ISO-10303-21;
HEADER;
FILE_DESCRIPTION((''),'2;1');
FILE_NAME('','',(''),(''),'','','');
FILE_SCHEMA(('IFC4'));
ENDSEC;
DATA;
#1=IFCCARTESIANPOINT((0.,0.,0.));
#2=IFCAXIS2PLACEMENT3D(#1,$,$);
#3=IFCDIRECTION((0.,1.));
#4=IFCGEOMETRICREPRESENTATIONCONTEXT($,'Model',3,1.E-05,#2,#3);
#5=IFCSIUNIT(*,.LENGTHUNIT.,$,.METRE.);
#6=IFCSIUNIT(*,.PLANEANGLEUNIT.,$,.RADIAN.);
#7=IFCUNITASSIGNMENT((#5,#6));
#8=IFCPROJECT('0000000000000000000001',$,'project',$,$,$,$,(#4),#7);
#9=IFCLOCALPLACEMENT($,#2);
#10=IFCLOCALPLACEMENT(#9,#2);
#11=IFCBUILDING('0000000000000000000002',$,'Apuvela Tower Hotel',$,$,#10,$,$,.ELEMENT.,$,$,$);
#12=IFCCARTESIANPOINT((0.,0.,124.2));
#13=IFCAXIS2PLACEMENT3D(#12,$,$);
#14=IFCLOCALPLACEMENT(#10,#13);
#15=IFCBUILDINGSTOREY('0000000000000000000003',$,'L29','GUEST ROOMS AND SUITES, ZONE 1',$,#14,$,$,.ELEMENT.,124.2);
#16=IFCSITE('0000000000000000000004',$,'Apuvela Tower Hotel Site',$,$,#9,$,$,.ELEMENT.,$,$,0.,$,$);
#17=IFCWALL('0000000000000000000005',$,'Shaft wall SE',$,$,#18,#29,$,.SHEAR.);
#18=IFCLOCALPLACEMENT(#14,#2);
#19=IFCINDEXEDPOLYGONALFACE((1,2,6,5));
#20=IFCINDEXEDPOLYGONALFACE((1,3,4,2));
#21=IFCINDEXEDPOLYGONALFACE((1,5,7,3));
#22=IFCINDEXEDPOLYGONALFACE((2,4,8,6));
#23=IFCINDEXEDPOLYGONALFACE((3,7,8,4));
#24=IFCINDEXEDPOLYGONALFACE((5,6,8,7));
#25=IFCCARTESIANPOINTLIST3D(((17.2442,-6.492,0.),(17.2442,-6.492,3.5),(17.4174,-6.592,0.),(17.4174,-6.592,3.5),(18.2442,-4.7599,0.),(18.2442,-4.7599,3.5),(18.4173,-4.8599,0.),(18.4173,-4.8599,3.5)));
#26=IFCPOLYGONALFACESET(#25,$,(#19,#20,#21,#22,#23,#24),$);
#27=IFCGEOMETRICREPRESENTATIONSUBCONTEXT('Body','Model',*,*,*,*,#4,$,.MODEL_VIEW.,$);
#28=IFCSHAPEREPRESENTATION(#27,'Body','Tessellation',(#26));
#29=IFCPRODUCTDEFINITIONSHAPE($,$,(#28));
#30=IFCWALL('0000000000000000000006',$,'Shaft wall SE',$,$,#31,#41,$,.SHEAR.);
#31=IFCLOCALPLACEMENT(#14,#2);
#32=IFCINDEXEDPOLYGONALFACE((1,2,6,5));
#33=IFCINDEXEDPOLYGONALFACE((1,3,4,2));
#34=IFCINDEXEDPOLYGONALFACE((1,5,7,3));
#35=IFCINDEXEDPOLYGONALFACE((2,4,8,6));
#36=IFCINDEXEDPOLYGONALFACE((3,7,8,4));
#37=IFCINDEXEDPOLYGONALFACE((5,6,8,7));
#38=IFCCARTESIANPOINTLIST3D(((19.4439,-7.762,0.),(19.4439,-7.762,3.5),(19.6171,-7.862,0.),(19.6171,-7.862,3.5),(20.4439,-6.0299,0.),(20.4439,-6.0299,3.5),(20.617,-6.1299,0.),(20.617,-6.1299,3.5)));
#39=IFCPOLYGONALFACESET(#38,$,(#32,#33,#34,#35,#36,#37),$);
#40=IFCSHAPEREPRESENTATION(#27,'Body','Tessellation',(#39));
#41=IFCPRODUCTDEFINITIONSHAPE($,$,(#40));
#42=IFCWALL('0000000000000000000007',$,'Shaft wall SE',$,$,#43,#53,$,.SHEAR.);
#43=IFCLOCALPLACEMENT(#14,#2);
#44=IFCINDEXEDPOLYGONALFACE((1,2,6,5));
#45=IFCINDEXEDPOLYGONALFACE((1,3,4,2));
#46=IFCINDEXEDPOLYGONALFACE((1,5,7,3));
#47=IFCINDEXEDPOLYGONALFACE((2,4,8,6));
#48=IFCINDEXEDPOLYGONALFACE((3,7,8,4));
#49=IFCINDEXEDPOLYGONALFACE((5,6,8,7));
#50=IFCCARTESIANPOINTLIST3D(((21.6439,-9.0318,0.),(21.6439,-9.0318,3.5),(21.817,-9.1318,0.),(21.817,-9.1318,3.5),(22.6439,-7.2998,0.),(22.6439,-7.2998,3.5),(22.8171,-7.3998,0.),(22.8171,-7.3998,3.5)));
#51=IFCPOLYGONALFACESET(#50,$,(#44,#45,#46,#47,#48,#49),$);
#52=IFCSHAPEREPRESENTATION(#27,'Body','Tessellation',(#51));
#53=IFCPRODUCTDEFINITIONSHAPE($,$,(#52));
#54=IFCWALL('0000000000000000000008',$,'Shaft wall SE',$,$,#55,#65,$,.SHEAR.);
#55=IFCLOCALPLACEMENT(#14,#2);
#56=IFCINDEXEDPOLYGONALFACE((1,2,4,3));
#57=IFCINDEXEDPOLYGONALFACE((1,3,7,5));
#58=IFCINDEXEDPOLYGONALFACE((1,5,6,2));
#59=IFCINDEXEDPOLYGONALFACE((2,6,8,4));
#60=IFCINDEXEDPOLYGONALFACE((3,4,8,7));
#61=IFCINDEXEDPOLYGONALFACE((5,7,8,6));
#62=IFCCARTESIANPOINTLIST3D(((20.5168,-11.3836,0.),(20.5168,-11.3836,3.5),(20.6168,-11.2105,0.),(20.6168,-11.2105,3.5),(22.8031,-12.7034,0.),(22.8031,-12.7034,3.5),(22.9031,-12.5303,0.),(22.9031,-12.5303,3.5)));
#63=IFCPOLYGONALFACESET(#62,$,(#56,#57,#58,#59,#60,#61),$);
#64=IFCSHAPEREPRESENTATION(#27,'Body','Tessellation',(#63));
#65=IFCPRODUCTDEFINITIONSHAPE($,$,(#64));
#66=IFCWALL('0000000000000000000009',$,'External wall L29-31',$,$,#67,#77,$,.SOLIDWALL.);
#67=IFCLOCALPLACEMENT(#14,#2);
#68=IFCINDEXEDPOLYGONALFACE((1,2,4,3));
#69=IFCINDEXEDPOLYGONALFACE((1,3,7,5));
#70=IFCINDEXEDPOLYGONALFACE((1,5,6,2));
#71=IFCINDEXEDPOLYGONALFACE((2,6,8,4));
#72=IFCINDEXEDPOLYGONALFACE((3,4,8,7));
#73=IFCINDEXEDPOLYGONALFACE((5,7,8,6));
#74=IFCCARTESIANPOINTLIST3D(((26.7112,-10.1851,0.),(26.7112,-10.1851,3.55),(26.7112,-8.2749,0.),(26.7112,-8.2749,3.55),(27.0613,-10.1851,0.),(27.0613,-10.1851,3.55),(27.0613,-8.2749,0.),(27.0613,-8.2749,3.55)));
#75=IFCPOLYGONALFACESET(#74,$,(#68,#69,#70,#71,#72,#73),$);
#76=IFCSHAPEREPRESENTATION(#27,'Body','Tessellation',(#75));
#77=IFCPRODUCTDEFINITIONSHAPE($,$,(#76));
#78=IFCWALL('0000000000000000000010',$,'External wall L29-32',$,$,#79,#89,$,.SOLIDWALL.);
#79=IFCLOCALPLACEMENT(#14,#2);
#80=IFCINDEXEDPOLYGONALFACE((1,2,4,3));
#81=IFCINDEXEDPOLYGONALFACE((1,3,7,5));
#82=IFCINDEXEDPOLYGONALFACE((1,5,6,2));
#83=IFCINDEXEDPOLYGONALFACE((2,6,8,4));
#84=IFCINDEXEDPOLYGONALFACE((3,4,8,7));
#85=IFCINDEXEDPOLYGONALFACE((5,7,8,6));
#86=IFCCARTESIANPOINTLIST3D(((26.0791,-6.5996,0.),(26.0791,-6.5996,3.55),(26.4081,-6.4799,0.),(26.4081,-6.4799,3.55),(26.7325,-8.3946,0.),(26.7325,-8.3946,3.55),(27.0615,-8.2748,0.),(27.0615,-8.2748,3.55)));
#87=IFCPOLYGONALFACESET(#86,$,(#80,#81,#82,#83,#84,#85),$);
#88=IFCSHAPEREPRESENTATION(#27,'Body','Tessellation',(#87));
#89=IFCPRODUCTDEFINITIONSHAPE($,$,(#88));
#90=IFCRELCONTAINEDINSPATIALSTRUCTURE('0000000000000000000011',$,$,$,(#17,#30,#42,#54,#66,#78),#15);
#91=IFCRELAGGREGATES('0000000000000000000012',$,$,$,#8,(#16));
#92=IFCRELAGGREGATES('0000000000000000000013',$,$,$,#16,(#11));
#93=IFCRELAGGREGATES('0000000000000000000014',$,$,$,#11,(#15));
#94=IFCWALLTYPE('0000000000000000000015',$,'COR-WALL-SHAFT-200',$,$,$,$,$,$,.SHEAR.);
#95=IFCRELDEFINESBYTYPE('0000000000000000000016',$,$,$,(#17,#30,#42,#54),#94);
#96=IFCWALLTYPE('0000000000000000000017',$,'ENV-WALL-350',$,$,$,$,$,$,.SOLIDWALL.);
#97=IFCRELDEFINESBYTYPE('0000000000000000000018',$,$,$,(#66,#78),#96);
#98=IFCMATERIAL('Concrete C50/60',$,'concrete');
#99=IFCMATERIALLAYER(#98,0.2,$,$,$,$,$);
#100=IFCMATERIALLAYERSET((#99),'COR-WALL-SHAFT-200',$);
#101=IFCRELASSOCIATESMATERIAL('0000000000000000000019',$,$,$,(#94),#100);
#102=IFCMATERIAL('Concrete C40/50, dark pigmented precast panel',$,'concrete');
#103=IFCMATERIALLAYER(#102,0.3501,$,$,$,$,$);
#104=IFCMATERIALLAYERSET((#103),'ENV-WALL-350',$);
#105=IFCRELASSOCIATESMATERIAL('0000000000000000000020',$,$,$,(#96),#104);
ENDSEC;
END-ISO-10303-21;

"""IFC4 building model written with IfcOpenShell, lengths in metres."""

from ifc_helpers import new_model, si_unit, direction, frame, frame_2d, origin, place, context, subcontext, project, spatial, rectangle, extrude, material, layer, layer_set, type_object, element, save


model = new_model("IFC4")

# Units and contexts
model_context = context("Model", 3, precision=1e-05, world=origin(), true_north=direction((0.0, 1.0)))
body_context = subcontext(model_context, "Body", "Model", "MODEL_VIEW")
ifc_project = project(units=[si_unit("LENGTHUNIT", "METRE"), si_unit("PLANEANGLEUNIT", "RADIAN")], contexts=[model_context])

# Site, building, storey
site_placement = place(None, origin())
site = spatial("IfcSite", under=ifc_project, at=site_placement, Name="Apuvela Tower Hotel Site", CompositionType="ELEMENT", RefElevation=0.0)
building_placement = place(site_placement, origin())
building = spatial("IfcBuilding", under=site, at=building_placement, Name="Apuvela Tower Hotel", CompositionType="ELEMENT")
storey_placement = place(building_placement, frame((0.0, 0.0, 124.2)))
storey = spatial("IfcBuildingStorey", under=building, at=storey_placement, Name="L29", Description="GUEST ROOMS AND SUITES, ZONE 1", CompositionType="ELEMENT", Elevation=124.2)

# Shared definitions
ifc_material_1 = material(Name="Concrete C50/60", Category="concrete")
ifc_layer_1 = layer(ifc_material_1, 0.2)
ifc_layer_set_1 = layer_set([ifc_layer_1], Name="COR-WALL-SHAFT-200")
wall_type_1 = type_object("IfcWallType", Name="COR-WALL-SHAFT-200", PredefinedType="SHEAR", material=ifc_layer_set_1)

# Walls
for number, where, z_axis, x_axis, name in (
    (1, (17.3308, -6.542, 0.0), (0.0, 0.0, 1.0), (0.499973, 0.866041, 0.0), "Shaft wall SE"),
    (2, (19.5305, -7.812, 0.0), (0.0, 0.0, 1.0), (0.499973, 0.866041, 0.0), "Shaft wall SE"),
    (3, (21.7305, -9.0818, 0.0), (0.0, 0.0, 1.0), (0.500025, 0.866011, 0.0), "Shaft wall SE"),
):
    element("IfcWall", number, at=place(storey_placement, frame(where, z_axis=z_axis, x_axis=x_axis)), inside=storey, type_object=wall_type_1, Name=name, PredefinedType="SHEAR", context=body_context, shape_type="SweptSolid", body=[
        extrude(rectangle(XDim=2.0, YDim=0.2, at=frame_2d((1.0, 0.0))), origin(), (0.0, 0.0, 1.0), 3.5),
    ])
wall_1_placement = place(storey_placement, frame((20.5669, -11.2971, 0.0), z_axis=(0.0, 0.0, 1.0), x_axis=(0.866061, -0.499939, 0.0)))
element("IfcWall", 4, at=wall_1_placement, inside=storey, type_object=wall_type_1, Name="Shaft wall SE", PredefinedType="SHEAR", context=body_context, shape_type="SweptSolid", body=[
    extrude(rectangle(XDim=2.6399, YDim=0.2, at=frame_2d((1.3198, 0.0))), origin(), (0.0, 0.0, 1.0), 3.5),
])
ifc_material_2 = material(Name="Concrete C40/50, dark pigmented precast panel", Category="concrete")
ifc_layer_2 = layer(ifc_material_2, 0.3501)
ifc_layer_set_2 = layer_set([ifc_layer_2], Name="ENV-WALL-350")
wall_type_2 = type_object("IfcWallType", Name="ENV-WALL-350", PredefinedType="SOLIDWALL", material=ifc_layer_set_2)
for number, where, z_axis, x_axis, name in (
    (5, (26.8862, -10.1851, 0.0), (0.0, 0.0, 1.0), (0.0, 1.0, 0.0), "External wall L29-31"),
    (6, (26.897, -8.3347, 0.0), (0.0, 0.0, 1.0), (-0.34203, 0.939689, 0.0), "External wall L29-32"),
):
    element("IfcWall", number, at=place(storey_placement, frame(where, z_axis=z_axis, x_axis=x_axis)), inside=storey, type_object=wall_type_2, Name=name, PredefinedType="SOLIDWALL", context=body_context, shape_type="SweptSolid", body=[
        extrude(rectangle(XDim=1.9102, YDim=0.3501, at=frame_2d((0.9551, 0.0))), origin(), (0.0, 0.0, 1.0), 3.55),
    ])

save(model, "model.ifc")
